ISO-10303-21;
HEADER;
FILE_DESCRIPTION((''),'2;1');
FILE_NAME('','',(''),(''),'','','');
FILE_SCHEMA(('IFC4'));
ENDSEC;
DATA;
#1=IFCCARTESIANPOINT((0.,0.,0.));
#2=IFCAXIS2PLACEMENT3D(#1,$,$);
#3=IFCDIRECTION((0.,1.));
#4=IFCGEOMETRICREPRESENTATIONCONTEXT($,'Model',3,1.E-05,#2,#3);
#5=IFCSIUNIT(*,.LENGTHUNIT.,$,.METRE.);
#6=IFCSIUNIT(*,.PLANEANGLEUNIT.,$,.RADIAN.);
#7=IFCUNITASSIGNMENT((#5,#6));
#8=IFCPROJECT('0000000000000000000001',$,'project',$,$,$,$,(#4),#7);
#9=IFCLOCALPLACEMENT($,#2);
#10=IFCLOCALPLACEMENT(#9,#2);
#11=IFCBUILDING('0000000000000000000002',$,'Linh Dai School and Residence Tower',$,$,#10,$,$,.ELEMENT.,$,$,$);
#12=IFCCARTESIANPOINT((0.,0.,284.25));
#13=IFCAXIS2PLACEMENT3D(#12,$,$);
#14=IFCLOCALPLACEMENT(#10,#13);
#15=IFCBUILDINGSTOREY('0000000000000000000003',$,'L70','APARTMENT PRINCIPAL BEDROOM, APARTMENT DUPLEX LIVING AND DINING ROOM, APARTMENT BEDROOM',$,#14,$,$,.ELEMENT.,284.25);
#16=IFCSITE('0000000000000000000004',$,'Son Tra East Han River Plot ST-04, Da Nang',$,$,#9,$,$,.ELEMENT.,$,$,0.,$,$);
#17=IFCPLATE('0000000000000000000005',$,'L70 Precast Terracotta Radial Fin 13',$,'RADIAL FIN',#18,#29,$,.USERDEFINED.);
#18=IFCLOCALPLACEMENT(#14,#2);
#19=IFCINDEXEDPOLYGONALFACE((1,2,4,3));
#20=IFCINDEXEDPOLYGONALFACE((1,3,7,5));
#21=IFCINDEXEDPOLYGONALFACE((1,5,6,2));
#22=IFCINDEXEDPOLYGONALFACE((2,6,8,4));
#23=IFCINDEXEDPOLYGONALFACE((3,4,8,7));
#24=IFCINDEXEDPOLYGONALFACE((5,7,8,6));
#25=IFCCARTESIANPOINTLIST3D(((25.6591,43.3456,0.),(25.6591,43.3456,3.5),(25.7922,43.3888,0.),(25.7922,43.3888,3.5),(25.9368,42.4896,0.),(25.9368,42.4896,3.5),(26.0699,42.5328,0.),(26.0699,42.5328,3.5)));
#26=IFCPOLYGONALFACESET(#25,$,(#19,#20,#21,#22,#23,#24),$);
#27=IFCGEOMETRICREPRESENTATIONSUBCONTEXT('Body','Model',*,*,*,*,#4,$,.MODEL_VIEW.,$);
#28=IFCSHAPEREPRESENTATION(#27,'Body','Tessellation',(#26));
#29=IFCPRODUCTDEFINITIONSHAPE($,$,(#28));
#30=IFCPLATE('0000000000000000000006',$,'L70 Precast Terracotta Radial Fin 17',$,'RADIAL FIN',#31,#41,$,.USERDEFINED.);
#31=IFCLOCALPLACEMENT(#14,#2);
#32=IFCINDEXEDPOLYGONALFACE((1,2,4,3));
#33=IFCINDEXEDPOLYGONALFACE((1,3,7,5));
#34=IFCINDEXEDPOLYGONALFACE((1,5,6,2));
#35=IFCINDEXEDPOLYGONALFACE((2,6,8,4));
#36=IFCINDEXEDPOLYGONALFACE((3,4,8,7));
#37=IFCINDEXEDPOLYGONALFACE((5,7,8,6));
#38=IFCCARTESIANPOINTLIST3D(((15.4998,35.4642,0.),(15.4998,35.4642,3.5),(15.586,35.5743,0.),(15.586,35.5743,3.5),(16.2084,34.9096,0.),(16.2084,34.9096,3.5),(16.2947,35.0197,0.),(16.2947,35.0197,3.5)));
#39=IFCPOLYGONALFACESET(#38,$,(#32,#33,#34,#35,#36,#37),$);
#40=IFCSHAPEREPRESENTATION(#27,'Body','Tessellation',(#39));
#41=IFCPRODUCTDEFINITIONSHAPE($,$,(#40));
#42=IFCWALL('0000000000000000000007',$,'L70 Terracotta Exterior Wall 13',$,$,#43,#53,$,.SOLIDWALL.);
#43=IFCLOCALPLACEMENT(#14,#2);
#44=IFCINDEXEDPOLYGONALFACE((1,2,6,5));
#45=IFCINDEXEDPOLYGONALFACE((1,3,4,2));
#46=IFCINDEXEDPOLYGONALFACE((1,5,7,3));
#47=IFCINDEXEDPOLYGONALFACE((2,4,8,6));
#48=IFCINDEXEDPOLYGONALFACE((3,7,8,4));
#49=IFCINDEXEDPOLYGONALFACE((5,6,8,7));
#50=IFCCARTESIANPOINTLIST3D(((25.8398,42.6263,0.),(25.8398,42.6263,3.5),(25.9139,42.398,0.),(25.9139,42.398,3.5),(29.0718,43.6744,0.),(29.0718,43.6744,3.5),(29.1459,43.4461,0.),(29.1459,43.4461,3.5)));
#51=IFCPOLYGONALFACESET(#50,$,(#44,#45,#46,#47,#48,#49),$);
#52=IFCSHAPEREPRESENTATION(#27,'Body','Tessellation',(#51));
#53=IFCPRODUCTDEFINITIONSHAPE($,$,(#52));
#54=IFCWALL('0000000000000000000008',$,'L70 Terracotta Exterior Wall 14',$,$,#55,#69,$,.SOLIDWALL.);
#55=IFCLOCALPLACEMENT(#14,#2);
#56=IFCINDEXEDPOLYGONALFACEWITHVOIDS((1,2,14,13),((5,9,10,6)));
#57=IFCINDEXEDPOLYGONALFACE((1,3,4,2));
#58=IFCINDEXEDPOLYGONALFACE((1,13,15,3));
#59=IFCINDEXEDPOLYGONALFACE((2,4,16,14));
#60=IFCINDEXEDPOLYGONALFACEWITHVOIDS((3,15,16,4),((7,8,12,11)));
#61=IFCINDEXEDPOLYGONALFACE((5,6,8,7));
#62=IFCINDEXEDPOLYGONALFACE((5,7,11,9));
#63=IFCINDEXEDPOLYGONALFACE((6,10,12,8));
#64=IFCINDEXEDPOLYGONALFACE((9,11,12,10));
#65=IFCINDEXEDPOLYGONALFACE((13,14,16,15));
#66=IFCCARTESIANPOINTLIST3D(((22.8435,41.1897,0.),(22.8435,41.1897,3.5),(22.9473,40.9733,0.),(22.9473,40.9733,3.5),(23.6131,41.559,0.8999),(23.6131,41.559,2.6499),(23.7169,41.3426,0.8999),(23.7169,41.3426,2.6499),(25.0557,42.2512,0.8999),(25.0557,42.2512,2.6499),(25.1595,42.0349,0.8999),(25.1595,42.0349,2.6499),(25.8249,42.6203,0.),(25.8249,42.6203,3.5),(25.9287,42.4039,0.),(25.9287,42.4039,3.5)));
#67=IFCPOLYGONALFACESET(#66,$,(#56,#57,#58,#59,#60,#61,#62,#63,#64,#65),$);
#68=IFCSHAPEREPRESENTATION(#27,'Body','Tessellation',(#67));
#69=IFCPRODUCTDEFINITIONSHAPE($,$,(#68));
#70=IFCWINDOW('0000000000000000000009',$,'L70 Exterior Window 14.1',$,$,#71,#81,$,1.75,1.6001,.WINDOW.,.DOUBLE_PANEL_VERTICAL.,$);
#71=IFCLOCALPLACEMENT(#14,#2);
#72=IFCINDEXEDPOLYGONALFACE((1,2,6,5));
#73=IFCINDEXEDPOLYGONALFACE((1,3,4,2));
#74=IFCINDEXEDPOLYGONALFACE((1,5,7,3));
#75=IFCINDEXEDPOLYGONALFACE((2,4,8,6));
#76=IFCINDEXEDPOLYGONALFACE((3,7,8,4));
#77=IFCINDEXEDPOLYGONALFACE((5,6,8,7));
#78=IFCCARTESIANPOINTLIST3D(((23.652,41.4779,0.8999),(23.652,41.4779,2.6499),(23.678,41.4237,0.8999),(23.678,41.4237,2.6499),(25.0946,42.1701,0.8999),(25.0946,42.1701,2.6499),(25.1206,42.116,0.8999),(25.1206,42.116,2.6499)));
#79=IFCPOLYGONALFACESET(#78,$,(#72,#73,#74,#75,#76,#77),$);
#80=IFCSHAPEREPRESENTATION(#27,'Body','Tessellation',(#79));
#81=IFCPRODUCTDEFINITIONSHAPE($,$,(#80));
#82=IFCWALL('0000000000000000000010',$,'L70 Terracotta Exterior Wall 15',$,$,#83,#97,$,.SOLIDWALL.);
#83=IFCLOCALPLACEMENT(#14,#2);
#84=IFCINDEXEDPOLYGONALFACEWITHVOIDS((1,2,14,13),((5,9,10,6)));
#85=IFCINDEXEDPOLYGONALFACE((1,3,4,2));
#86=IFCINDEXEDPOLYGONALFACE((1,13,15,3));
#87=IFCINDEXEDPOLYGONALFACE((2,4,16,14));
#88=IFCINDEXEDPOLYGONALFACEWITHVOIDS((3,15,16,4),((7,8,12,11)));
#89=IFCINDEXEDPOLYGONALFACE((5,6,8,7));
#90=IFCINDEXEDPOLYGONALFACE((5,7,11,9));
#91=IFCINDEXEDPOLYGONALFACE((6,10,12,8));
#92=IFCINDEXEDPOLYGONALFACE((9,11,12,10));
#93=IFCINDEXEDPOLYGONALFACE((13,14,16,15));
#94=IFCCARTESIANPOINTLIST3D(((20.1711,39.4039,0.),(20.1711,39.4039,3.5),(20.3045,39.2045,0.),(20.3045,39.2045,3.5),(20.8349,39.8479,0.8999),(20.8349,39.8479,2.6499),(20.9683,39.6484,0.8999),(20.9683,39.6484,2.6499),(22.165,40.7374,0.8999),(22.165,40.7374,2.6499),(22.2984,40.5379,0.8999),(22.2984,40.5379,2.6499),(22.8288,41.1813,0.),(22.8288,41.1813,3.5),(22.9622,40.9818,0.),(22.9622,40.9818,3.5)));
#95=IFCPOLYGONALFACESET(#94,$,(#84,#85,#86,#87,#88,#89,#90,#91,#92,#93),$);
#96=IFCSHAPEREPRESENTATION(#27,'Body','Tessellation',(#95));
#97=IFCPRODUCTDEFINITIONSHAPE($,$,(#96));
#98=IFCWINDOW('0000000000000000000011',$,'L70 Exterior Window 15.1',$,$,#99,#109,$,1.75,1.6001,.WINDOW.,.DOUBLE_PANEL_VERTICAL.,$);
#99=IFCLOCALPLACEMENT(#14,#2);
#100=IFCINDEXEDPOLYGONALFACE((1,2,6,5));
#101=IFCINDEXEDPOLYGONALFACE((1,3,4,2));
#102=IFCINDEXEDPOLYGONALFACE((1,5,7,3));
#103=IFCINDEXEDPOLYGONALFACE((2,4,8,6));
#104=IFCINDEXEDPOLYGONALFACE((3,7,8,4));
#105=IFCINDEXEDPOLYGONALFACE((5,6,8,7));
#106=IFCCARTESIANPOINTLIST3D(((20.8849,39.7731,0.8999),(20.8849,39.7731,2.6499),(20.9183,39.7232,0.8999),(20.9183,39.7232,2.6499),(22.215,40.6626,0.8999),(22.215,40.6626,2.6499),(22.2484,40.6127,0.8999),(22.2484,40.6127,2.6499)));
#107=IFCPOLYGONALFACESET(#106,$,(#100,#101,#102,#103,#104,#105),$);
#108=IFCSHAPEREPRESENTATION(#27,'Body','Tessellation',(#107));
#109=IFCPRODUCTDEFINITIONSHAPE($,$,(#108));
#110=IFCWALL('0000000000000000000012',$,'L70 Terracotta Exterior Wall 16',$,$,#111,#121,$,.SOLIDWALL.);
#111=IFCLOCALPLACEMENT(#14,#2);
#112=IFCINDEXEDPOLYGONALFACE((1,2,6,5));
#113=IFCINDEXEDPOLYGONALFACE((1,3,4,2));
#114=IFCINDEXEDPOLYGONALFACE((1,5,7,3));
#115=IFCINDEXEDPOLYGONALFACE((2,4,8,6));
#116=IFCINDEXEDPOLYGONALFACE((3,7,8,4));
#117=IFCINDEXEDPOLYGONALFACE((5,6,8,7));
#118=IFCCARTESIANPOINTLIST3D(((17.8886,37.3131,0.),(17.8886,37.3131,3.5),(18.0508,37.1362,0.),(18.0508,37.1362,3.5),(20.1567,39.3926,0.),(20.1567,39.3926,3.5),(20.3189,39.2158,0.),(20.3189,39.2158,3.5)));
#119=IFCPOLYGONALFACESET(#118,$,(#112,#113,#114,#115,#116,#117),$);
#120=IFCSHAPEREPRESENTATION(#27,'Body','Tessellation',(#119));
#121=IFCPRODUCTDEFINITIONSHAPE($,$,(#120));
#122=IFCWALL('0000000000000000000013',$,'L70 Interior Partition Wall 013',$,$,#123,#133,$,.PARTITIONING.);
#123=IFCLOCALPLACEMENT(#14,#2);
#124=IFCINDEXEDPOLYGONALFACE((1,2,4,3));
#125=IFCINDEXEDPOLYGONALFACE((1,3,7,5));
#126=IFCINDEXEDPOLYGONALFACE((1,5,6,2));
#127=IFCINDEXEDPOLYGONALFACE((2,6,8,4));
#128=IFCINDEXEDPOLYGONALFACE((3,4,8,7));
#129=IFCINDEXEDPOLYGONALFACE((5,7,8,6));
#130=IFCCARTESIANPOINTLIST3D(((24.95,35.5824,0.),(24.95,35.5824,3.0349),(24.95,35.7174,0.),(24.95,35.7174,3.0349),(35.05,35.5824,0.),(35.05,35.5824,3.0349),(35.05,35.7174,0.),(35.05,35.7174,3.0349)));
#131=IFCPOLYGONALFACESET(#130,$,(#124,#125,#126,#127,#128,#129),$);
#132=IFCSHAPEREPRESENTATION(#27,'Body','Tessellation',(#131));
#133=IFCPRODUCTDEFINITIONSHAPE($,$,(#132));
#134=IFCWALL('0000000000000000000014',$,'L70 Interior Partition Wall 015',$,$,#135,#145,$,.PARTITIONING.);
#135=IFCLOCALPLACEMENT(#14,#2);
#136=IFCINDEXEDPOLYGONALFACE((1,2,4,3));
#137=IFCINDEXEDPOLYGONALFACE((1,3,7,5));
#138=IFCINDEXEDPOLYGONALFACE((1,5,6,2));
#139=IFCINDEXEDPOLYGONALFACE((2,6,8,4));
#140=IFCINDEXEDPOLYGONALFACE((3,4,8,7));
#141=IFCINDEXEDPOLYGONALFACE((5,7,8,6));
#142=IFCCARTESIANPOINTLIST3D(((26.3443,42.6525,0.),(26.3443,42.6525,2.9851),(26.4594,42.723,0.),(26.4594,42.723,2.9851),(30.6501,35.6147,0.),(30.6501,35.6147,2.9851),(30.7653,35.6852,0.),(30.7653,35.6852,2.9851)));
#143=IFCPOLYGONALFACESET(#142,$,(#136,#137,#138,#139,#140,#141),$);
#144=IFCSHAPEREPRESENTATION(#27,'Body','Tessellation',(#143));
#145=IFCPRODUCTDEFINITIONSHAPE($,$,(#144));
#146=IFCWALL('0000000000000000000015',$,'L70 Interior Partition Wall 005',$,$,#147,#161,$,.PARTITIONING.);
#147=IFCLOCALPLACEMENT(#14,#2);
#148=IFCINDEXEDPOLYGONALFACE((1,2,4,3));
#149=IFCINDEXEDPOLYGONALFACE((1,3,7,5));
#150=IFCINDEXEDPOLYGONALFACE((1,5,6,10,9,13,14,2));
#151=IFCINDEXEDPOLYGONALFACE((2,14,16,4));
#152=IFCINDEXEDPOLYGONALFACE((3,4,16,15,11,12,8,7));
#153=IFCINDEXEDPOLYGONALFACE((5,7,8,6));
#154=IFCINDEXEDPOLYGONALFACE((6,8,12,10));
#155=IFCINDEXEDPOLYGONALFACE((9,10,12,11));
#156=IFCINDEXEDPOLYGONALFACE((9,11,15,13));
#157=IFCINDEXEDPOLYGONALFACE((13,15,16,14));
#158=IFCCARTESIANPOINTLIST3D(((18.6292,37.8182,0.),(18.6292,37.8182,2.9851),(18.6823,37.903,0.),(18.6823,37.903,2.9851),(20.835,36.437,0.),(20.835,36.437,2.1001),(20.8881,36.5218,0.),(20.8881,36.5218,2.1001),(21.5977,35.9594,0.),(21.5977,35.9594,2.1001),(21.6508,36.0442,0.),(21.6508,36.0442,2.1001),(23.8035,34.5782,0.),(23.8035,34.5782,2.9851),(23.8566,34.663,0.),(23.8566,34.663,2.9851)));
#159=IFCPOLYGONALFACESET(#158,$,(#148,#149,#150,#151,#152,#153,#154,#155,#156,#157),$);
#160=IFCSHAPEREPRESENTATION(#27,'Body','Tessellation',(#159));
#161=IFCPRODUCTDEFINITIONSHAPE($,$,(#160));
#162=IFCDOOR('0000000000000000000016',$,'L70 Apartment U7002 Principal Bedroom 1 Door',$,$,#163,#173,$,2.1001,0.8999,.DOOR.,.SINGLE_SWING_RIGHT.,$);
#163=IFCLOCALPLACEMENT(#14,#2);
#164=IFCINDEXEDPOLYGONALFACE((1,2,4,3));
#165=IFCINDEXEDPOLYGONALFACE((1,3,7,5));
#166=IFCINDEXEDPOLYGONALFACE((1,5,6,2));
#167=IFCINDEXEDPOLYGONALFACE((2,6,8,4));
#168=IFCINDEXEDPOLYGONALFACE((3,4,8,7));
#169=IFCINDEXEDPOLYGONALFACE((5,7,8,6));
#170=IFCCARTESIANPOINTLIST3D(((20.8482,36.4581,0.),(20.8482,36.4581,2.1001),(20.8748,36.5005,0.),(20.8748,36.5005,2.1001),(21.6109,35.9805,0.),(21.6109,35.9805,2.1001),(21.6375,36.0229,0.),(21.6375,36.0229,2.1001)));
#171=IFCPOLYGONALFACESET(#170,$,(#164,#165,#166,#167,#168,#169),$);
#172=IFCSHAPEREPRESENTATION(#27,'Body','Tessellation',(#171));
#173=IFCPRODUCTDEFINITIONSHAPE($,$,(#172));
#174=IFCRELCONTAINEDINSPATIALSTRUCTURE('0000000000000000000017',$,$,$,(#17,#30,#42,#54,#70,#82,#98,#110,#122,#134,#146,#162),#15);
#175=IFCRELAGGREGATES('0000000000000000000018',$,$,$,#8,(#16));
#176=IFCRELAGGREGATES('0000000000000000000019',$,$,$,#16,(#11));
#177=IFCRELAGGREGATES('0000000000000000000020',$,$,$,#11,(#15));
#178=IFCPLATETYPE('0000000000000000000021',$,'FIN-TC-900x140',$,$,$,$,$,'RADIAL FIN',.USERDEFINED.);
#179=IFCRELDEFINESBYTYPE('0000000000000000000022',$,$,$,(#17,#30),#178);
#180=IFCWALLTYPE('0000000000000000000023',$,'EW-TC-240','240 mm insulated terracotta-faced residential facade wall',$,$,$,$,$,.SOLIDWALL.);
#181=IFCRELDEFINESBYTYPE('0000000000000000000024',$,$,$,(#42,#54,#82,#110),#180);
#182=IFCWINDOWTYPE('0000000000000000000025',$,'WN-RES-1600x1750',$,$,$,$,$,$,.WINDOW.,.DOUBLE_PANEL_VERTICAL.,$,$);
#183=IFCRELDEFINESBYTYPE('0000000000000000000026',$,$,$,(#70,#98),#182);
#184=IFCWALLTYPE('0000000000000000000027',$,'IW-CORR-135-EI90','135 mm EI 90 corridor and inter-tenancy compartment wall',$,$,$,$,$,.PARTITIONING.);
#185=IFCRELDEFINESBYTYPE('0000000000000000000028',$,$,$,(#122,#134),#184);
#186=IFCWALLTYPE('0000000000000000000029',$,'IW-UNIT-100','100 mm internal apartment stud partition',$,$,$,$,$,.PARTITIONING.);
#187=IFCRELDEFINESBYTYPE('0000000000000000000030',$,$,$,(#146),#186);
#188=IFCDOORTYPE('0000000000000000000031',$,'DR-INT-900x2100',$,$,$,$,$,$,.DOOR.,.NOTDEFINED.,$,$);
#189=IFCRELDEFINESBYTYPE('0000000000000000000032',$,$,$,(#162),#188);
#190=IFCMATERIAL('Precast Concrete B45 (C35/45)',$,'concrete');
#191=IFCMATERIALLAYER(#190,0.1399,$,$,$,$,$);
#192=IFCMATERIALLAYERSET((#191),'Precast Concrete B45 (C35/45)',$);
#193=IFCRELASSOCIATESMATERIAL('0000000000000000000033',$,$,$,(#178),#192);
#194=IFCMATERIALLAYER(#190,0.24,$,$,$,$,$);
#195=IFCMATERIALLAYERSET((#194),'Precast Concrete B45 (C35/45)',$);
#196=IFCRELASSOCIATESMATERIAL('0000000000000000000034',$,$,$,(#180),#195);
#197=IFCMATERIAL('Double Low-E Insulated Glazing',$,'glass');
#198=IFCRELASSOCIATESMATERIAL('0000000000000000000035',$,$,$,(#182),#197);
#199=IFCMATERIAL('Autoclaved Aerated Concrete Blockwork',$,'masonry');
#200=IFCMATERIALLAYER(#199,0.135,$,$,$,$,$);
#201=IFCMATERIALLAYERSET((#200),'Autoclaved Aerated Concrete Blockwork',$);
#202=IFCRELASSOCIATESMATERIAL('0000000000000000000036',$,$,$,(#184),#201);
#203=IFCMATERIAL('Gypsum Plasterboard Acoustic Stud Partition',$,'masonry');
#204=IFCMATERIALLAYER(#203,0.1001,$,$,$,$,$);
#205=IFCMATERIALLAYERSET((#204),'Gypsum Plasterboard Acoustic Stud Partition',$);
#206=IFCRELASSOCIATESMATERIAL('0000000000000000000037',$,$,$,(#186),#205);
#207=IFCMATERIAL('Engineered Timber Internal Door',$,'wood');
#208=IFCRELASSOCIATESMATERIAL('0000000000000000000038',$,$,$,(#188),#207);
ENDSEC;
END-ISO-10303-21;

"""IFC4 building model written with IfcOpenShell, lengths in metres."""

from ifc_helpers import new_model, si_unit, direction, frame, frame_2d, origin, origin_2d, place, context, subcontext, project, spatial, rectangle, extrude, source, transform, mapped, material, layer, layer_set, type_object, element, fill, save


model = new_model("IFC4")

# Units and contexts
model_context = context("Model", 3, precision=1e-05, world=origin(), true_north=direction((0.0, 1.0)))
body_context = subcontext(model_context, "Body", "Model", "MODEL_VIEW")
ifc_project = project(units=[si_unit("LENGTHUNIT", "METRE"), si_unit("PLANEANGLEUNIT", "RADIAN")], contexts=[model_context])

# Site, building, storey
site_placement = place(None, origin())
site = spatial("IfcSite", under=ifc_project, at=site_placement, Name="Son Tra East Han River Plot ST-04, Da Nang", CompositionType="ELEMENT", RefElevation=0.0)
building_placement = place(site_placement, origin())
building = spatial("IfcBuilding", under=site, at=building_placement, Name="Linh Dai School and Residence Tower", CompositionType="ELEMENT")
storey_placement = place(building_placement, frame((0.0, 0.0, 284.25)))
storey = spatial("IfcBuildingStorey", under=building, at=storey_placement, Name="L70", Description="APARTMENT PRINCIPAL BEDROOM, APARTMENT DUPLEX LIVING AND DINING ROOM, APARTMENT BEDROOM", CompositionType="ELEMENT", Elevation=284.25)

# Plates
ifc_material_1 = material(Name="Precast Concrete B45 (C35/45)", Category="concrete")
ifc_layer_1 = layer(ifc_material_1, 0.1399)
ifc_layer_set_1 = layer_set([ifc_layer_1], Name="Precast Concrete B45 (C35/45)")
plate_type = type_object("IfcPlateType", Name="FIN-TC-900x140", ElementType="RADIAL FIN", PredefinedType="USERDEFINED", material=ifc_layer_set_1)
shared_shape_1 = source(origin(), body_context, "Body", "SweptSolid", [
    extrude(rectangle(XDim=0.8999, YDim=0.1399, at=origin_2d()), origin(), (0.0, 0.0, 1.0), 3.5),
])
for number, where, z_axis, x_axis, name in (
    (1, (25.8645, 42.9392, 0.0), (0.0, 0.0, 1.0), (-0.308519, 0.951218, 0.0), "L70 Precast Terracotta Radial Fin 13"),
    (2, (15.8972, 35.2419, 0.0), (0.0, 0.0, 1.0), (-0.787503, 0.616311, 0.0), "L70 Precast Terracotta Radial Fin 17"),
):
    element("IfcPlate", number, at=place(storey_placement, frame(where, z_axis=z_axis, x_axis=x_axis)), inside=storey, type_object=plate_type, Name=name, ObjectType="RADIAL FIN", PredefinedType="USERDEFINED", context=body_context, shape_type="MappedRepresentation", body=[
        mapped(shared_shape_1, transform((0.0, 0.0, 0.0), x_axis=(1.0, 0.0, 0.0), y_axis=(0.0, 1.0, 0.0), z_axis=(0.0, 0.0, 1.0), scale=1.0)),
    ])

# Wall
ifc_layer_2 = layer(ifc_material_1, 0.24)
ifc_layer_set_2 = layer_set([ifc_layer_2], Name="Precast Concrete B45 (C35/45)")
wall_type_1 = type_object("IfcWallType", Name="EW-TC-240", Description="240 mm insulated terracotta-faced residential facade wall", PredefinedType="SOLIDWALL", material=ifc_layer_set_2)
wall_1_placement = place(storey_placement, frame((25.877, 42.5122, 0.0), z_axis=(0.0, 0.0, 1.0), x_axis=(0.951231, 0.308478, 0.0)))
element("IfcWall", 3, at=wall_1_placement, inside=storey, type_object=wall_type_1, Name="L70 Terracotta Exterior Wall 13", PredefinedType="SOLIDWALL", context=body_context, shape_type="SweptSolid", body=[
    extrude(rectangle(XDim=3.3977, YDim=0.24, at=frame_2d((1.6987, 0.0))), origin(), (0.0, 0.0, 1.0), 3.5),
])

# Walls, openings, windows
wall_2_placement = place(storey_placement, frame((22.8955, 41.0815, 0.0), z_axis=(0.0, 0.0, 1.0), x_axis=(0.901574, 0.432625, 0.0)))
wall_2 = element("IfcWall", 4, at=wall_2_placement, inside=storey, type_object=wall_type_1, Name="L70 Terracotta Exterior Wall 14", PredefinedType="SOLIDWALL", context=body_context, shape_type="SweptSolid", body=[
    extrude(rectangle(XDim=3.3069, YDim=0.24, at=frame_2d((1.6533, 0.0))), origin(), (0.0, 0.0, 1.0), 3.5),
])
opening_1_placement = place(wall_2_placement, frame((0.8535, 0.0, 0.8999)))
opening_1 = element("IfcOpeningElement", 5, at=opening_1_placement, cuts=wall_2, PredefinedType="OPENING", context=body_context, shape_type="SweptSolid", body=[
    extrude(rectangle(XDim=1.6001, YDim=1.75, at=origin_2d()), frame((0.8, 0.1299, 0.875), z_axis=(0.0, -1.0, 0.0), x_axis=(1.0, 0.0, 0.0)), (0.0, 0.0, 1.0), 0.26),
])
ifc_material_2 = material(Name="Double Low-E Insulated Glazing", Category="glass")
window_type = type_object("IfcWindowType", Name="WN-RES-1600x1750", PartitioningType="DOUBLE_PANEL_VERTICAL", PredefinedType="WINDOW", material=ifc_material_2)
shared_shape_2 = source(origin(), body_context, "Body", "SweptSolid", [
    extrude(rectangle(XDim=1.6001, YDim=1.75, at=origin_2d()), frame((0.8, 0.03, 0.875), z_axis=(0.0, -1.0, 0.0), x_axis=(1.0, 0.0, 0.0)), (0.0, 0.0, 1.0), 0.0601),
])
window_1_placement = place(opening_1_placement, origin())
window_1 = element("IfcWindow", 6, at=window_1_placement, inside=storey, type_object=window_type, Name="L70 Exterior Window 14.1", OverallHeight=1.75, OverallWidth=1.6001, PartitioningType="DOUBLE_PANEL_VERTICAL", PredefinedType="WINDOW", context=body_context, shape_type="MappedRepresentation", body=[
    mapped(shared_shape_2, transform((0.0, 0.0, 0.0), x_axis=(1.0, 0.0, 0.0), y_axis=(0.0, 1.0, 0.0), z_axis=(0.0, 0.0, 1.0), scale=1.0)),
])
fill(opening_1, window_1)
wall_3_placement = place(storey_placement, frame((20.2378, 39.3042, 0.0), z_axis=(0.0, 0.0, 1.0), x_axis=(0.831251, 0.555898, 0.0)))
wall_3 = element("IfcWall", 7, at=wall_3_placement, inside=storey, type_object=wall_type_1, Name="L70 Terracotta Exterior Wall 15", PredefinedType="SOLIDWALL", context=body_context, shape_type="SweptSolid", body=[
    extrude(rectangle(XDim=3.1973, YDim=0.24, at=frame_2d((1.5986, 0.0))), origin(), (0.0, 0.0, 1.0), 3.5),
])
opening_2_placement = place(wall_3_placement, frame((0.7986, 0.0, 0.8999)))
opening_2 = element("IfcOpeningElement", 8, at=opening_2_placement, cuts=wall_3, PredefinedType="OPENING", context=body_context, shape_type="SweptSolid", body=[
    extrude(rectangle(XDim=1.6001, YDim=1.75, at=origin_2d()), frame((0.8, 0.1299, 0.875), z_axis=(0.0, -1.0, 0.0), x_axis=(1.0, 0.0, 0.0)), (0.0, 0.0, 1.0), 0.26),
])
window_2_placement = place(opening_2_placement, origin())
window_2 = element("IfcWindow", 9, at=window_2_placement, inside=storey, type_object=window_type, Name="L70 Exterior Window 15.1", OverallHeight=1.75, OverallWidth=1.6001, PartitioningType="DOUBLE_PANEL_VERTICAL", PredefinedType="WINDOW", context=body_context, shape_type="MappedRepresentation", body=[
    mapped(shared_shape_2, transform((0.0, 0.0, 0.0), x_axis=(1.0, 0.0, 0.0), y_axis=(0.0, 1.0, 0.0), z_axis=(0.0, 0.0, 1.0), scale=1.0)),
])
fill(opening_2, window_2)

# Wall
wall_4_placement = place(storey_placement, frame((17.9697, 37.2246, 0.0), z_axis=(0.0, 0.0, 1.0), x_axis=(0.737069, 0.675818, 0.0)))
element("IfcWall", 10, at=wall_4_placement, inside=storey, type_object=wall_type_1, Name="L70 Terracotta Exterior Wall 16", PredefinedType="SOLIDWALL", context=body_context, shape_type="SweptSolid", body=[
    extrude(rectangle(XDim=3.0771, YDim=0.24, at=frame_2d((1.5386, 0.0))), origin(), (0.0, 0.0, 1.0), 3.5),
])

# Walls
ifc_material_3 = material(Name="Autoclaved Aerated Concrete Blockwork", Category="masonry")
ifc_layer_3 = layer(ifc_material_3, 0.135)
ifc_layer_set_3 = layer_set([ifc_layer_3], Name="Autoclaved Aerated Concrete Blockwork")
wall_type_2 = type_object("IfcWallType", Name="IW-CORR-135-EI90", Description="135 mm EI 90 corridor and inter-tenancy compartment wall", PredefinedType="PARTITIONING", material=ifc_layer_set_3)
wall_5_placement = place(storey_placement, frame((24.95, 35.6499, 0.0), z_axis=(0.0, 0.0, 1.0), x_axis=(1.0, 0.0, 0.0)))
element("IfcWall", 11, at=wall_5_placement, inside=storey, type_object=wall_type_2, Name="L70 Interior Partition Wall 013", PredefinedType="PARTITIONING", context=body_context, shape_type="SweptSolid", body=[
    extrude(rectangle(XDim=10.1001, YDim=0.135, at=frame_2d((5.05, 0.0))), origin(), (0.0, 0.0, 1.0), 3.0349),
])
wall_6_placement = place(storey_placement, frame((26.4019, 42.6877, 0.0), z_axis=(0.0, 0.0, 1.0), x_axis=(0.521892, -0.853012, 0.0)))
element("IfcWall", 12, at=wall_6_placement, inside=storey, type_object=wall_type_2, Name="L70 Interior Partition Wall 015", PredefinedType="PARTITIONING", context=body_context, shape_type="SweptSolid", body=[
    extrude(rectangle(XDim=8.2505, YDim=0.135, at=frame_2d((4.1252, 0.0))), origin(), (0.0, 0.0, 1.0), 2.9851),
])

# Wall, opening, door
ifc_material_4 = material(Name="Gypsum Plasterboard Acoustic Stud Partition", Category="masonry")
ifc_layer_4 = layer(ifc_material_4, 0.1001)
ifc_layer_set_4 = layer_set([ifc_layer_4], Name="Gypsum Plasterboard Acoustic Stud Partition")
wall_type_3 = type_object("IfcWallType", Name="IW-UNIT-100", Description="100 mm internal apartment stud partition", PredefinedType="PARTITIONING", material=ifc_layer_set_4)
wall_7_placement = place(storey_placement, frame((18.6558, 37.8606, 0.0), z_axis=(0.0, 0.0, 1.0), x_axis=(0.847553, -0.53071, 0.0)))
wall_7 = element("IfcWall", 13, at=wall_7_placement, inside=storey, type_object=wall_type_3, Name="L70 Interior Partition Wall 005", PredefinedType="PARTITIONING", context=body_context, shape_type="SweptSolid", body=[
    extrude(rectangle(XDim=6.105, YDim=0.1001, at=frame_2d((3.0525, 0.0))), origin(), (0.0, 0.0, 1.0), 2.9851),
])
opening_3_placement = place(wall_7_placement, frame((2.6025, 0.0, 0.0)))
opening_3 = element("IfcOpeningElement", 14, at=opening_3_placement, cuts=wall_7, PredefinedType="OPENING", context=body_context, shape_type="SweptSolid", body=[
    extrude(rectangle(XDim=0.8999, YDim=2.1001, at=origin_2d()), frame((0.45, 0.0601, 1.05), z_axis=(0.0, -1.0, 0.0), x_axis=(1.0, 0.0, 0.0)), (0.0, 0.0, 1.0), 0.1201),
])
ifc_material_5 = material(Name="Engineered Timber Internal Door", Category="wood")
door_type_1 = type_object("IfcDoorType", Name="DR-INT-900x2100", OperationType="NOTDEFINED", PredefinedType="DOOR", material=ifc_material_5)
shared_shape_3 = source(origin(), body_context, "Body", "SweptSolid", [
    extrude(rectangle(XDim=0.8999, YDim=2.1001, at=origin_2d()), frame((0.45, 0.0249, 1.05), z_axis=(0.0, -1.0, 0.0), x_axis=(1.0, 0.0, 0.0)), (0.0, 0.0, 1.0), 0.05),
])
door_1_placement = place(opening_3_placement, origin())
door_1 = element("IfcDoor", 15, at=door_1_placement, inside=storey, type_object=door_type_1, Name="L70 Apartment U7002 Principal Bedroom 1 Door", OperationType="SINGLE_SWING_RIGHT", OverallHeight=2.1001, OverallWidth=0.8999, PredefinedType="DOOR", context=body_context, shape_type="MappedRepresentation", body=[
    mapped(shared_shape_3, transform((0.0, 0.0, 0.0), x_axis=(1.0, 0.0, 0.0), y_axis=(0.0, 1.0, 0.0), z_axis=(0.0, 0.0, 1.0), scale=1.0)),
])
fill(opening_3, door_1)

save(model, "model.ifc")
